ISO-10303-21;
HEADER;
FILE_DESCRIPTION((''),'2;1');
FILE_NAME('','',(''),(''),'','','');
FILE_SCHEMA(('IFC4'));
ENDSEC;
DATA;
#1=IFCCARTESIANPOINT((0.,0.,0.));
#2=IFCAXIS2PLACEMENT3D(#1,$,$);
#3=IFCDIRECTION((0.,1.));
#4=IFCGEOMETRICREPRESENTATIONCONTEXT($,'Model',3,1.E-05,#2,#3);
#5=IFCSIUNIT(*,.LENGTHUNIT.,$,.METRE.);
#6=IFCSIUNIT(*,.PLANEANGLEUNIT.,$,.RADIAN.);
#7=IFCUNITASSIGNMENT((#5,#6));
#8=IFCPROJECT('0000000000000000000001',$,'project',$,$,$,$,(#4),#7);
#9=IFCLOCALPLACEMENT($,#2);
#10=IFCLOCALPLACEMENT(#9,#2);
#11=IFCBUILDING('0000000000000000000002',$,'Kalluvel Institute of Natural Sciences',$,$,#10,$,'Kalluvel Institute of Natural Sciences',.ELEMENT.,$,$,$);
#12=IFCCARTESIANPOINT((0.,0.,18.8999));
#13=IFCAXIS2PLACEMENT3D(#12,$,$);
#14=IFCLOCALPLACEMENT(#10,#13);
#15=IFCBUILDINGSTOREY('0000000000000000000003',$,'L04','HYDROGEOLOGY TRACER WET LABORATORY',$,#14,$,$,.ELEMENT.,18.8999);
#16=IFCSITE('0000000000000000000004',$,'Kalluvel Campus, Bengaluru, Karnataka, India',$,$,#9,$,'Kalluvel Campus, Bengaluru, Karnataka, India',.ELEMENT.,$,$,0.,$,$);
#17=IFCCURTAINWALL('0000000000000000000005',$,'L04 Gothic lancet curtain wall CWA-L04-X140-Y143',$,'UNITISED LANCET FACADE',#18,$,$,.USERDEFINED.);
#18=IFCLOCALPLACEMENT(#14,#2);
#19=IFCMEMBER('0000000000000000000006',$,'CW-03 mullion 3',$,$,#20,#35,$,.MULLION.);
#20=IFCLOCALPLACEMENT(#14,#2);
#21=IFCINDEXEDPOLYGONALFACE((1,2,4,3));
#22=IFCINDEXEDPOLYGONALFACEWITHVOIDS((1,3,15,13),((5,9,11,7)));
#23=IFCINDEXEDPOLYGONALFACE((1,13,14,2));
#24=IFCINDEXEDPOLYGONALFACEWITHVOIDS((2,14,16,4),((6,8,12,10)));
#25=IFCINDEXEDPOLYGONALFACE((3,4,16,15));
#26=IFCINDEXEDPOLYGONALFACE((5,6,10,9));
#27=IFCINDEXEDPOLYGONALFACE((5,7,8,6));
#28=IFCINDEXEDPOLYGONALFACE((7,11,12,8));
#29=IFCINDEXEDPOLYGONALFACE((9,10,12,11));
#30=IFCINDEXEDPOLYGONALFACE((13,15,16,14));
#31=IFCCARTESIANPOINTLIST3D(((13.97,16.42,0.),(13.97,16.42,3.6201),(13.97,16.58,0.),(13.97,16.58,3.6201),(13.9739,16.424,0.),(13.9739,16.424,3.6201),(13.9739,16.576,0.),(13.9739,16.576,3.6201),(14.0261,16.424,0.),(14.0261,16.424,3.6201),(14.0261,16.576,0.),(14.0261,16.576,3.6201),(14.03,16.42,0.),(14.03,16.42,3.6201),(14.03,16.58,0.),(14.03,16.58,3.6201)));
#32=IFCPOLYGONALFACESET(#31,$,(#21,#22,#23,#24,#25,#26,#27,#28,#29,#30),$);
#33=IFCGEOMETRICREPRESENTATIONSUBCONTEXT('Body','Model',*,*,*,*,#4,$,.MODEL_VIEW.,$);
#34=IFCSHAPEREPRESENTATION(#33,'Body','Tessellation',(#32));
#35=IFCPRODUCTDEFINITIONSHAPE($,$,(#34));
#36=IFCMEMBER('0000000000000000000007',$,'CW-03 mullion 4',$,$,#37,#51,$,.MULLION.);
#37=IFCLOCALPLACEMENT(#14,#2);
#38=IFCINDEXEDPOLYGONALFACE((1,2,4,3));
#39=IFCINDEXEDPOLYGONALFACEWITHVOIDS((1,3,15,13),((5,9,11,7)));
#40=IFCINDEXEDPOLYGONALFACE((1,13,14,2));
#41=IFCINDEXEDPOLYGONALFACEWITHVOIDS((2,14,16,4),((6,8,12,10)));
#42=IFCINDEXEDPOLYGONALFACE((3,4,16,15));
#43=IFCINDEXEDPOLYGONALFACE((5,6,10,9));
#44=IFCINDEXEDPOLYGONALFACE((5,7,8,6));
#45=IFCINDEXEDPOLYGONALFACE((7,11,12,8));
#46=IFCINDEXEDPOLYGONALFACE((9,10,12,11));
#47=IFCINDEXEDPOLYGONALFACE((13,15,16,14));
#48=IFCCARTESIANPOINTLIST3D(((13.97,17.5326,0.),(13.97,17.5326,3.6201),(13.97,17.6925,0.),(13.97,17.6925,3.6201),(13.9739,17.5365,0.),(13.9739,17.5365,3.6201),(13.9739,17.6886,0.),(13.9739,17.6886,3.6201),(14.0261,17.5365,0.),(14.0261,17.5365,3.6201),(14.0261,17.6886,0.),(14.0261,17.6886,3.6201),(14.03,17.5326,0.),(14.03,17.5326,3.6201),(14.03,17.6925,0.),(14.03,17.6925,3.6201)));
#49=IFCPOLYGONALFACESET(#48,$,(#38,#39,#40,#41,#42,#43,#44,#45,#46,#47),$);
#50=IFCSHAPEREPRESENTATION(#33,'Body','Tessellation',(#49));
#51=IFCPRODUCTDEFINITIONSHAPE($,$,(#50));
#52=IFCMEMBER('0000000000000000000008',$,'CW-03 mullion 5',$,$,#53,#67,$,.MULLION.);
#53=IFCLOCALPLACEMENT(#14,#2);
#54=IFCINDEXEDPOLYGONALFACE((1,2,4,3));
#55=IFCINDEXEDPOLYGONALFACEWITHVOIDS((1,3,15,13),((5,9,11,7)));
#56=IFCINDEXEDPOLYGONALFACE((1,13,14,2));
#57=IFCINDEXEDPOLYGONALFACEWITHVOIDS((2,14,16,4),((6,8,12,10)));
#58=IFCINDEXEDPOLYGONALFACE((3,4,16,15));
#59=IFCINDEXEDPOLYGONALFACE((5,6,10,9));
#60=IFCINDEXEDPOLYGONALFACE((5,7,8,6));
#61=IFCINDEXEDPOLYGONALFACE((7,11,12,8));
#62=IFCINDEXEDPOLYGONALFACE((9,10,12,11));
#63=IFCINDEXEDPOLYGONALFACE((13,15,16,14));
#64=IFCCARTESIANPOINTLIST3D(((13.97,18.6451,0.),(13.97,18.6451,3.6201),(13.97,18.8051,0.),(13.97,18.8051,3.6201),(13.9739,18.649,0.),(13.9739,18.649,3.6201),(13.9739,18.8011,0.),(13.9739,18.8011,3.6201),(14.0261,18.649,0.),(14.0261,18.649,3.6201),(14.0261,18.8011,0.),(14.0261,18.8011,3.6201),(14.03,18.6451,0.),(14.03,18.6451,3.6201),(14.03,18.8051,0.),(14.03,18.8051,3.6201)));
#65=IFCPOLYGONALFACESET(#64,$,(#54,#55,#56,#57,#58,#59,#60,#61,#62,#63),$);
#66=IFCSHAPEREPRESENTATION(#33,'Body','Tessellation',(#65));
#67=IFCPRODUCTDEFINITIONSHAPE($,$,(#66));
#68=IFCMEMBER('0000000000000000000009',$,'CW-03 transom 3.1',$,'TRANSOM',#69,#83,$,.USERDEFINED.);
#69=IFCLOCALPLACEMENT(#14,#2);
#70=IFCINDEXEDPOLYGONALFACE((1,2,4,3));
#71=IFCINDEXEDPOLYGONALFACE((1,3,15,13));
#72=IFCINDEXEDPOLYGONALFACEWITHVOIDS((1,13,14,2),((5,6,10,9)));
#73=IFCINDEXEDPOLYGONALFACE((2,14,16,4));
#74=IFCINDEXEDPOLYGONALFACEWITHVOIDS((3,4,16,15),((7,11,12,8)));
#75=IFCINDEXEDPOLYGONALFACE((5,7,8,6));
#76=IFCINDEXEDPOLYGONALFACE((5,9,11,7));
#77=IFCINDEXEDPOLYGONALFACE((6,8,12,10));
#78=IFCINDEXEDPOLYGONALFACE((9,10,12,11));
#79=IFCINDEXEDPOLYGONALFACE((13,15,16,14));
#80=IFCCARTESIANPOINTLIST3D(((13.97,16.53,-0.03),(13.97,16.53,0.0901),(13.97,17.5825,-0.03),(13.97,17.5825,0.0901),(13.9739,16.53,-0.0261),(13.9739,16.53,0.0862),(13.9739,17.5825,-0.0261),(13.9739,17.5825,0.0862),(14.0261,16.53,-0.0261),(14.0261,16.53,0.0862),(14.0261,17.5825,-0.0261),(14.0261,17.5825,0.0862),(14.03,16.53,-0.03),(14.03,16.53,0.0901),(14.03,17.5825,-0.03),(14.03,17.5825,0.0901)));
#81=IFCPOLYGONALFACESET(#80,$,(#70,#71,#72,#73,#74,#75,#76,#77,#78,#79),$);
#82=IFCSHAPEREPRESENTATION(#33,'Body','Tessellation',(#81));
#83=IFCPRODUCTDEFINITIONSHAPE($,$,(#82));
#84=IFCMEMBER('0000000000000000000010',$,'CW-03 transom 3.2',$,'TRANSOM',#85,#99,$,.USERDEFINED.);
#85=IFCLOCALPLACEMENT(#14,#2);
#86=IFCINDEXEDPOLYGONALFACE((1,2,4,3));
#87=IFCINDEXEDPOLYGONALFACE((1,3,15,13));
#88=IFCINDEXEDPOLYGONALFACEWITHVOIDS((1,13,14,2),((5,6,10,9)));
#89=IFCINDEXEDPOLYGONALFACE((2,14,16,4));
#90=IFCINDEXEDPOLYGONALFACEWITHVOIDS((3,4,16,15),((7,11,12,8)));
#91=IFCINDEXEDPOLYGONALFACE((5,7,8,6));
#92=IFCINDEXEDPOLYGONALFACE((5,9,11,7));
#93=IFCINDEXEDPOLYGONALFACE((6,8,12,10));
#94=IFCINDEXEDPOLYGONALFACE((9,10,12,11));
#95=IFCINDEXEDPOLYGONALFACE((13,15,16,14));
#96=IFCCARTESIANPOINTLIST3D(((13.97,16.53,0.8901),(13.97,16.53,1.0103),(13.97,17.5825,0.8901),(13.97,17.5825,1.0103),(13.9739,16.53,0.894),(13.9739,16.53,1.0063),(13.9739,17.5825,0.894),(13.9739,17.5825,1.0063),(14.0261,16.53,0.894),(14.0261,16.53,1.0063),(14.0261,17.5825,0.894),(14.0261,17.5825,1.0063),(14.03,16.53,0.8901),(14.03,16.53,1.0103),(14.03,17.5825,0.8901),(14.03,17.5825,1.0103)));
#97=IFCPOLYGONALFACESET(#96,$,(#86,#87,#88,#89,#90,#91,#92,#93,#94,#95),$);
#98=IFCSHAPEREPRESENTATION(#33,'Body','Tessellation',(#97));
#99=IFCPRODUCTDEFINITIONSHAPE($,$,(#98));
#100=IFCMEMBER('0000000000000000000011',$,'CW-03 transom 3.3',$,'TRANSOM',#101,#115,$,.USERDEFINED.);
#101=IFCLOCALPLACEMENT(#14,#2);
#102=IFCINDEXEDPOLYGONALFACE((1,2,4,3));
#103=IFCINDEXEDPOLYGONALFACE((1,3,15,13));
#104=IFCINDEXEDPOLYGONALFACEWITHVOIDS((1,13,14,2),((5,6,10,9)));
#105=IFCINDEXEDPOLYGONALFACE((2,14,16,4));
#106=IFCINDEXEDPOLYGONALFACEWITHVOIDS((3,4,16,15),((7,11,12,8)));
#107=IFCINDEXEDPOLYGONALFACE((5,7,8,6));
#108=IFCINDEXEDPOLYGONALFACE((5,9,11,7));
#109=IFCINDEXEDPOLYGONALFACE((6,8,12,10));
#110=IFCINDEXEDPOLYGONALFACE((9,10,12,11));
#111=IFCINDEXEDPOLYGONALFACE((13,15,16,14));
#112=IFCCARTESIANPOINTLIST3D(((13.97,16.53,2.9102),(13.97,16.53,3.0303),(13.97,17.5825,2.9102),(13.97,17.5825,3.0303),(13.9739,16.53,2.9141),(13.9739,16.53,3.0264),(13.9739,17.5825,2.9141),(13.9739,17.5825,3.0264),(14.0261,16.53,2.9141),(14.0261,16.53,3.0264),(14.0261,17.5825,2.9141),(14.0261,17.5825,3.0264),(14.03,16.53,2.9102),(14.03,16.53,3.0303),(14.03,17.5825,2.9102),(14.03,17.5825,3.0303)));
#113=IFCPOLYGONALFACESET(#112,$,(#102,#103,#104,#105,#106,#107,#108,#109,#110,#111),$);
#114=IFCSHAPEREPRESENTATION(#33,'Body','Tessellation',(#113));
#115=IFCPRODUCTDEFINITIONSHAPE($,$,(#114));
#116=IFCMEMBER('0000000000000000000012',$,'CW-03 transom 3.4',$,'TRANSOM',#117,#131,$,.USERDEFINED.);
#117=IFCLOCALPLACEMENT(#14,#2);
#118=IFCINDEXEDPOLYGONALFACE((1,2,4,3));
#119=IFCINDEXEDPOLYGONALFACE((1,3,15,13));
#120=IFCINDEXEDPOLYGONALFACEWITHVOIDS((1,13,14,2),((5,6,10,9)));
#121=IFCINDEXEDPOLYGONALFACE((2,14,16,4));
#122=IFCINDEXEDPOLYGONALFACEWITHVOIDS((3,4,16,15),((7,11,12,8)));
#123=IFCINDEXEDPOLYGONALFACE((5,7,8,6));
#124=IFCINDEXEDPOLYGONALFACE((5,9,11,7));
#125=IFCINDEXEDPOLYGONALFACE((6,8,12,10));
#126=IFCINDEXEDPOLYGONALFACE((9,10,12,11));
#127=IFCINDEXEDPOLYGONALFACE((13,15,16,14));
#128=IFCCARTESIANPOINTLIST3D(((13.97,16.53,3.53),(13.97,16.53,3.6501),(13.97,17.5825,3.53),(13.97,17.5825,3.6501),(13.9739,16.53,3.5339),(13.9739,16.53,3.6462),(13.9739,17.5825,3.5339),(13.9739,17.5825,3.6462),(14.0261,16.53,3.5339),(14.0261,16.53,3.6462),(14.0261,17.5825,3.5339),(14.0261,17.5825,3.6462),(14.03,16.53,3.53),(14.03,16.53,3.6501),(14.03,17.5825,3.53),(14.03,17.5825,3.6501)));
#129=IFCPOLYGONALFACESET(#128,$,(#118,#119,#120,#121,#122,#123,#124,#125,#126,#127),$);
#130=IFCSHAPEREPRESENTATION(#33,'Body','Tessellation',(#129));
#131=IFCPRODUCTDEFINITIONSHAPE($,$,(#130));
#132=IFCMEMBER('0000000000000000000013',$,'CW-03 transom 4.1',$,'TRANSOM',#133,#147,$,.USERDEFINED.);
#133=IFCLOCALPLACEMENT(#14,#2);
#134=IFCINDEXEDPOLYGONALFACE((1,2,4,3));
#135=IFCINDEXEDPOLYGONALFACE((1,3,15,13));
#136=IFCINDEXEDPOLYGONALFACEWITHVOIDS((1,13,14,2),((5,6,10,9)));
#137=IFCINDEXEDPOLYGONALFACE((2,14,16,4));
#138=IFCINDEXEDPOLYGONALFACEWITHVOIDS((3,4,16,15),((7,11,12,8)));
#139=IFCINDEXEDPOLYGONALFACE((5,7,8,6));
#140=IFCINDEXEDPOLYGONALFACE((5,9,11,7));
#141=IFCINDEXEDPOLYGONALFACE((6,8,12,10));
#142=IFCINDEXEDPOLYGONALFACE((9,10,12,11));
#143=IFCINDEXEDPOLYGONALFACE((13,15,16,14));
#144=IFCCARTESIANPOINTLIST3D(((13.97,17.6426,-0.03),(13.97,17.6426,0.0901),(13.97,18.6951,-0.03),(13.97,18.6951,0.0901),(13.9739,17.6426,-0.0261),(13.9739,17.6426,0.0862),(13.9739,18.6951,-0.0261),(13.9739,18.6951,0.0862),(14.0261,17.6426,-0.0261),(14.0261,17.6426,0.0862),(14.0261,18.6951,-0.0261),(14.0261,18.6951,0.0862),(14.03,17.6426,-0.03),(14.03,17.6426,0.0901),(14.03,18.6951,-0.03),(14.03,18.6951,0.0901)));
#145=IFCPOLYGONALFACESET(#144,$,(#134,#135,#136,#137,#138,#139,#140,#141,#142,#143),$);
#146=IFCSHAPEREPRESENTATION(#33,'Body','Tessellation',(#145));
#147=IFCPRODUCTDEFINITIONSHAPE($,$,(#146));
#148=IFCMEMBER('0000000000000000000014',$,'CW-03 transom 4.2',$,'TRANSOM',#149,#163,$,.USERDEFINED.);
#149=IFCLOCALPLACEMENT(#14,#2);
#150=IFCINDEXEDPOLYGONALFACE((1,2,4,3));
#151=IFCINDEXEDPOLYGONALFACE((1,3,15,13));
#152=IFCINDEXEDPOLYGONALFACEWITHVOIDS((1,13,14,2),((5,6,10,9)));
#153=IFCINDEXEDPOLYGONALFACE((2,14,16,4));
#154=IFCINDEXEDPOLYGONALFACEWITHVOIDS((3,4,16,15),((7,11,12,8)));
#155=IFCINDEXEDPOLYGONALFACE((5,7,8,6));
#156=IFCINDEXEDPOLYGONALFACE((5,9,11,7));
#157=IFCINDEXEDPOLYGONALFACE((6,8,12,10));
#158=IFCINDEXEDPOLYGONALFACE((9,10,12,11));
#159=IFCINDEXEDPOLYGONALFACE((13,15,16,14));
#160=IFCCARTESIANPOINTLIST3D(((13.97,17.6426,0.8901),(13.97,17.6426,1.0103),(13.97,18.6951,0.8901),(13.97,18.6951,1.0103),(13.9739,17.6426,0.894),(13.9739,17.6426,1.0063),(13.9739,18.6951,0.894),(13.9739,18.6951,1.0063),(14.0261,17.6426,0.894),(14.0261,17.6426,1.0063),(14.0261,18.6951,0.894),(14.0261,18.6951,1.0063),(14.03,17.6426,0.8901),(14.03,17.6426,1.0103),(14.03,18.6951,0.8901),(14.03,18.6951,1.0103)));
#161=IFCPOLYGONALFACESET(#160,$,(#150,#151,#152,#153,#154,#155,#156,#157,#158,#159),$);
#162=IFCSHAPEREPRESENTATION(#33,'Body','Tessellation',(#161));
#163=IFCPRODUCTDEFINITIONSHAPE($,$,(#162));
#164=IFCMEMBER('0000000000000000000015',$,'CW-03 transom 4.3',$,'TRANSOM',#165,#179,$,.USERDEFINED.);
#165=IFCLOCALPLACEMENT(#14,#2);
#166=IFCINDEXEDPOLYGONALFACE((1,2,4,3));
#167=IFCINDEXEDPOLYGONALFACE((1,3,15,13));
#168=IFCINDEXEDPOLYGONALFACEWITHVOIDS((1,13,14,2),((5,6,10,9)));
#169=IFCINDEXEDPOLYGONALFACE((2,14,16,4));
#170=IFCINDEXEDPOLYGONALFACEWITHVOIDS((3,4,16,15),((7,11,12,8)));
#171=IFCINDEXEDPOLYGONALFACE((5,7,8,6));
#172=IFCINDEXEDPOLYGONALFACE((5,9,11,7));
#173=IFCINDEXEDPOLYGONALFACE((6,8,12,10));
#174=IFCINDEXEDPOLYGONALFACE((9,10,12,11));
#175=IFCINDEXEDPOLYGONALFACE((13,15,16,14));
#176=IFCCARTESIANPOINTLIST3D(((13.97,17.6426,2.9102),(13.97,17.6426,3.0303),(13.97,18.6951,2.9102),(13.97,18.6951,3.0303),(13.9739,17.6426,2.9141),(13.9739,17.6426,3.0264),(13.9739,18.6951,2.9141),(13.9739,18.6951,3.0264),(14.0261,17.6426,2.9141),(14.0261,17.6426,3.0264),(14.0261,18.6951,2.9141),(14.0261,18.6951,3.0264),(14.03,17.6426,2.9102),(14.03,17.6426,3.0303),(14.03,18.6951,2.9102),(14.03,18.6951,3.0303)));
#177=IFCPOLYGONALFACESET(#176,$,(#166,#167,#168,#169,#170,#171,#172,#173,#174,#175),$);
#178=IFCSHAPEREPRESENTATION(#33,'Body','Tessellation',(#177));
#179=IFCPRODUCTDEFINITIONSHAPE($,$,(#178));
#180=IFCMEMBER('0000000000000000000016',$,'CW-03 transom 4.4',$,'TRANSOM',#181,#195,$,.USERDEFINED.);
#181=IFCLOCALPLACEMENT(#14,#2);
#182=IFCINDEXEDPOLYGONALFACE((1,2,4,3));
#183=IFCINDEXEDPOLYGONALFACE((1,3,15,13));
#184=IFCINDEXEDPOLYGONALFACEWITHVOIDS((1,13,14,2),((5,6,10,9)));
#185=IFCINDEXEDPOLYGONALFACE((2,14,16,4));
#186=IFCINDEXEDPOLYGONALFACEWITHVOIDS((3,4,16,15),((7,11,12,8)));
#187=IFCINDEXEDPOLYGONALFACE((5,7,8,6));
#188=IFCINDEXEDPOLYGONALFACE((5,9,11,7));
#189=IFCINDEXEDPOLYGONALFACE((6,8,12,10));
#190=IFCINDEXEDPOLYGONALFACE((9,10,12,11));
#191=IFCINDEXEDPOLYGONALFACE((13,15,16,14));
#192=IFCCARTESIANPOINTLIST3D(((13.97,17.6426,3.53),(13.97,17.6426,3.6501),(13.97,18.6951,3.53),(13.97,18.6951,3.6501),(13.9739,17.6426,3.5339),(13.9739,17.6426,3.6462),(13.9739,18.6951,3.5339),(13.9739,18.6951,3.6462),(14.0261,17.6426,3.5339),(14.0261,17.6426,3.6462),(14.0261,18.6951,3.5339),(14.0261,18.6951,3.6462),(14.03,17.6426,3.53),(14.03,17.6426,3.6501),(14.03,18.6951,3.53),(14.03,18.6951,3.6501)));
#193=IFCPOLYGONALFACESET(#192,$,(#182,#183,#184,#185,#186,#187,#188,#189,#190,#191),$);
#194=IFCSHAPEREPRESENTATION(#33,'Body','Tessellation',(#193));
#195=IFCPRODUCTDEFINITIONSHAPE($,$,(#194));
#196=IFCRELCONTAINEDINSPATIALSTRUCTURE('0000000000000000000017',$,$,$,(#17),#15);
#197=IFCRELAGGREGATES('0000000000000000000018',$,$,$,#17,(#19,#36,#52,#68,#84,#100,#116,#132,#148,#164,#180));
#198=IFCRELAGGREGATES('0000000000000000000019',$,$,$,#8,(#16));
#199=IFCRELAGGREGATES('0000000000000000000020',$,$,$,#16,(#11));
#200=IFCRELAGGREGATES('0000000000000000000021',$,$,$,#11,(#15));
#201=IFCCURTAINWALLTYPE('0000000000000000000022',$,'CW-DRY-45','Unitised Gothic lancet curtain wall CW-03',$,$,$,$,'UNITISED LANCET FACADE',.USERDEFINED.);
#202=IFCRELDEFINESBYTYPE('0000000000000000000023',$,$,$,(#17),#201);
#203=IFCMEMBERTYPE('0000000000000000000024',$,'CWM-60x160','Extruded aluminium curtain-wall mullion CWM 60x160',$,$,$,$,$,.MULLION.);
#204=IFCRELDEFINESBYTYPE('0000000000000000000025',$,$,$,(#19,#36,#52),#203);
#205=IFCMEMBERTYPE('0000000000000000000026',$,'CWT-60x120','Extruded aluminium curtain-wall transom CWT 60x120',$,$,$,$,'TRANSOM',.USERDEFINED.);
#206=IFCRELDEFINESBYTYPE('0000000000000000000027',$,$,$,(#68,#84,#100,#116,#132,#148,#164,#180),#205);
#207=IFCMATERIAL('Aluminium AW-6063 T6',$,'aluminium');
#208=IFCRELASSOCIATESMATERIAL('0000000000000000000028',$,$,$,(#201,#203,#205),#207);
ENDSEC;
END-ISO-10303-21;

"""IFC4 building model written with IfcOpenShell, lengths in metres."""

from ifc_helpers import new_model, si_unit, direction, frame, origin, origin_2d, place, context, subcontext, project, spatial, hollow_rectangle, extrude, material, material_profile, profile_set, type_object, element, aggregate, save


model = new_model("IFC4")

# Units and contexts
model_context = context("Model", 3, precision=1e-05, world=origin(), true_north=direction((0.0, 1.0)))
body_context = subcontext(model_context, "Body", "Model", "MODEL_VIEW")
ifc_project = project(units=[si_unit("LENGTHUNIT", "METRE"), si_unit("PLANEANGLEUNIT", "RADIAN")], contexts=[model_context])

# Site, building, storey
site_placement = place(None, origin())
site = spatial("IfcSite", under=ifc_project, at=site_placement, Name="Kalluvel Campus, Bengaluru, Karnataka, India", LongName="Kalluvel Campus, Bengaluru, Karnataka, India", CompositionType="ELEMENT", RefElevation=0.0)
building_placement = place(site_placement, origin())
building = spatial("IfcBuilding", under=site, at=building_placement, Name="Kalluvel Institute of Natural Sciences", LongName="Kalluvel Institute of Natural Sciences", CompositionType="ELEMENT")
storey_placement = place(building_placement, frame((0.0, 0.0, 18.8999)))
storey = spatial("IfcBuildingStorey", under=building, at=storey_placement, Name="L04", Description="HYDROGEOLOGY TRACER WET LABORATORY", CompositionType="ELEMENT", Elevation=18.8999)

# Curtain wall, members
ifc_material_1 = material(Name="Aluminium AW-6063 T6", Category="aluminium")
curtain_wall_type = type_object("IfcCurtainWallType", Name="CW-DRY-45", Description="Unitised Gothic lancet curtain wall CW-03", ElementType="UNITISED LANCET FACADE", PredefinedType="USERDEFINED", material=ifc_material_1)
curtain_wall_placement = place(storey_placement, origin())
curtain_wall = element("IfcCurtainWall", 1, at=curtain_wall_placement, inside=storey, type_object=curtain_wall_type, Name="L04 Gothic lancet curtain wall CWA-L04-X140-Y143", ObjectType="UNITISED LANCET FACADE", PredefinedType="USERDEFINED")
ifc_material_profile_1 = material_profile(ifc_material_1, hollow_rectangle(XDim=0.0601, YDim=0.1599, WallThickness=0.0039, at=origin_2d()), Name="CWM 60x160")
ifc_profile_set_1 = profile_set([ifc_material_profile_1], Name="Aluminium AW-6063 T6")
member_type_1 = type_object("IfcMemberType", Name="CWM-60x160", Description="Extruded aluminium curtain-wall mullion CWM 60x160", PredefinedType="MULLION", material=ifc_profile_set_1)
member_1_placement = place(storey_placement, frame((14.0, 16.5, 0.0), z_axis=(0.0, 0.0, 1.0), x_axis=(-1.0, 0.0, 0.0)))
member_1 = element("IfcMember", 2, at=member_1_placement, type_object=member_type_1, Name="CW-03 mullion 3", PredefinedType="MULLION", context=body_context, shape_type="SweptSolid", body=[
    extrude(hollow_rectangle(XDim=0.0601, YDim=0.1599, WallThickness=0.0039, at=origin_2d()), origin(), (0.0, 0.0, 1.0), 3.6201),
])
member_2_placement = place(storey_placement, frame((14.0, 17.6125, 0.0), z_axis=(0.0, 0.0, 1.0), x_axis=(-1.0, 0.0, 0.0)))
member_2 = element("IfcMember", 3, at=member_2_placement, type_object=member_type_1, Name="CW-03 mullion 4", PredefinedType="MULLION", context=body_context, shape_type="SweptSolid", body=[
    extrude(hollow_rectangle(XDim=0.0601, YDim=0.1599, WallThickness=0.0039, at=origin_2d()), origin(), (0.0, 0.0, 1.0), 3.6201),
])
member_3_placement = place(storey_placement, frame((14.0, 18.7251, 0.0), z_axis=(0.0, 0.0, 1.0), x_axis=(-1.0, 0.0, 0.0)))
member_3 = element("IfcMember", 4, at=member_3_placement, type_object=member_type_1, Name="CW-03 mullion 5", PredefinedType="MULLION", context=body_context, shape_type="SweptSolid", body=[
    extrude(hollow_rectangle(XDim=0.0601, YDim=0.1599, WallThickness=0.0039, at=origin_2d()), origin(), (0.0, 0.0, 1.0), 3.6201),
])
ifc_material_profile_2 = material_profile(ifc_material_1, hollow_rectangle(XDim=0.0601, YDim=0.1201, WallThickness=0.0039, at=origin_2d()), Name="CWT 60x120")
ifc_profile_set_2 = profile_set([ifc_material_profile_2], Name="Aluminium AW-6063 T6")
member_type_2 = type_object("IfcMemberType", Name="CWT-60x120", Description="Extruded aluminium curtain-wall transom CWT 60x120", ElementType="TRANSOM", PredefinedType="USERDEFINED", material=ifc_profile_set_2)
member_4_placement = place(storey_placement, frame((14.0, 16.53, 0.03), z_axis=(0.0, 1.0, 0.0), x_axis=(-1.0, 0.0, 0.0)))
member_4 = element("IfcMember", 5, at=member_4_placement, type_object=member_type_2, Name="CW-03 transom 3.1", ObjectType="TRANSOM", PredefinedType="USERDEFINED", context=body_context, shape_type="SweptSolid", body=[
    extrude(hollow_rectangle(XDim=0.0601, YDim=0.1201, WallThickness=0.0039, at=origin_2d()), origin(), (0.0, 0.0, 1.0), 1.0525),
])
member_5_placement = place(storey_placement, frame((14.0, 16.53, 0.9502), z_axis=(0.0, 1.0, 0.0), x_axis=(-1.0, 0.0, 0.0)))
member_5 = element("IfcMember", 6, at=member_5_placement, type_object=member_type_2, Name="CW-03 transom 3.2", ObjectType="TRANSOM", PredefinedType="USERDEFINED", context=body_context, shape_type="SweptSolid", body=[
    extrude(hollow_rectangle(XDim=0.0601, YDim=0.1201, WallThickness=0.0039, at=origin_2d()), origin(), (0.0, 0.0, 1.0), 1.0525),
])
member_6_placement = place(storey_placement, frame((14.0, 16.53, 2.9702), z_axis=(0.0, 1.0, 0.0), x_axis=(-1.0, 0.0, 0.0)))
member_6 = element("IfcMember", 7, at=member_6_placement, type_object=member_type_2, Name="CW-03 transom 3.3", ObjectType="TRANSOM", PredefinedType="USERDEFINED", context=body_context, shape_type="SweptSolid", body=[
    extrude(hollow_rectangle(XDim=0.0601, YDim=0.1201, WallThickness=0.0039, at=origin_2d()), origin(), (0.0, 0.0, 1.0), 1.0525),
])
member_7_placement = place(storey_placement, frame((14.0, 16.53, 3.5901), z_axis=(0.0, 1.0, 0.0), x_axis=(-1.0, 0.0, 0.0)))
member_7 = element("IfcMember", 8, at=member_7_placement, type_object=member_type_2, Name="CW-03 transom 3.4", ObjectType="TRANSOM", PredefinedType="USERDEFINED", context=body_context, shape_type="SweptSolid", body=[
    extrude(hollow_rectangle(XDim=0.0601, YDim=0.1201, WallThickness=0.0039, at=origin_2d()), origin(), (0.0, 0.0, 1.0), 1.0525),
])
member_8_placement = place(storey_placement, frame((14.0, 17.6426, 0.03), z_axis=(0.0, 1.0, 0.0), x_axis=(-1.0, 0.0, 0.0)))
member_8 = element("IfcMember", 9, at=member_8_placement, type_object=member_type_2, Name="CW-03 transom 4.1", ObjectType="TRANSOM", PredefinedType="USERDEFINED", context=body_context, shape_type="SweptSolid", body=[
    extrude(hollow_rectangle(XDim=0.0601, YDim=0.1201, WallThickness=0.0039, at=origin_2d()), origin(), (0.0, 0.0, 1.0), 1.0525),
])
member_9_placement = place(storey_placement, frame((14.0, 17.6426, 0.9502), z_axis=(0.0, 1.0, 0.0), x_axis=(-1.0, 0.0, 0.0)))
member_9 = element("IfcMember", 10, at=member_9_placement, type_object=member_type_2, Name="CW-03 transom 4.2", ObjectType="TRANSOM", PredefinedType="USERDEFINED", context=body_context, shape_type="SweptSolid", body=[
    extrude(hollow_rectangle(XDim=0.0601, YDim=0.1201, WallThickness=0.0039, at=origin_2d()), origin(), (0.0, 0.0, 1.0), 1.0525),
])
member_10_placement = place(storey_placement, frame((14.0, 17.6426, 2.9702), z_axis=(0.0, 1.0, 0.0), x_axis=(-1.0, 0.0, 0.0)))
member_10 = element("IfcMember", 11, at=member_10_placement, type_object=member_type_2, Name="CW-03 transom 4.3", ObjectType="TRANSOM", PredefinedType="USERDEFINED", context=body_context, shape_type="SweptSolid", body=[
    extrude(hollow_rectangle(XDim=0.0601, YDim=0.1201, WallThickness=0.0039, at=origin_2d()), origin(), (0.0, 0.0, 1.0), 1.0525),
])
member_11_placement = place(storey_placement, frame((14.0, 17.6426, 3.5901), z_axis=(0.0, 1.0, 0.0), x_axis=(-1.0, 0.0, 0.0)))
member_11 = element("IfcMember", 12, at=member_11_placement, type_object=member_type_2, Name="CW-03 transom 4.4", ObjectType="TRANSOM", PredefinedType="USERDEFINED", context=body_context, shape_type="SweptSolid", body=[
    extrude(hollow_rectangle(XDim=0.0601, YDim=0.1201, WallThickness=0.0039, at=origin_2d()), origin(), (0.0, 0.0, 1.0), 1.0525),
])
aggregate(curtain_wall, [member_1, member_2, member_3, member_4, member_5, member_6, member_7, member_8, member_9, member_10, member_11])

save(model, "model.ifc")
